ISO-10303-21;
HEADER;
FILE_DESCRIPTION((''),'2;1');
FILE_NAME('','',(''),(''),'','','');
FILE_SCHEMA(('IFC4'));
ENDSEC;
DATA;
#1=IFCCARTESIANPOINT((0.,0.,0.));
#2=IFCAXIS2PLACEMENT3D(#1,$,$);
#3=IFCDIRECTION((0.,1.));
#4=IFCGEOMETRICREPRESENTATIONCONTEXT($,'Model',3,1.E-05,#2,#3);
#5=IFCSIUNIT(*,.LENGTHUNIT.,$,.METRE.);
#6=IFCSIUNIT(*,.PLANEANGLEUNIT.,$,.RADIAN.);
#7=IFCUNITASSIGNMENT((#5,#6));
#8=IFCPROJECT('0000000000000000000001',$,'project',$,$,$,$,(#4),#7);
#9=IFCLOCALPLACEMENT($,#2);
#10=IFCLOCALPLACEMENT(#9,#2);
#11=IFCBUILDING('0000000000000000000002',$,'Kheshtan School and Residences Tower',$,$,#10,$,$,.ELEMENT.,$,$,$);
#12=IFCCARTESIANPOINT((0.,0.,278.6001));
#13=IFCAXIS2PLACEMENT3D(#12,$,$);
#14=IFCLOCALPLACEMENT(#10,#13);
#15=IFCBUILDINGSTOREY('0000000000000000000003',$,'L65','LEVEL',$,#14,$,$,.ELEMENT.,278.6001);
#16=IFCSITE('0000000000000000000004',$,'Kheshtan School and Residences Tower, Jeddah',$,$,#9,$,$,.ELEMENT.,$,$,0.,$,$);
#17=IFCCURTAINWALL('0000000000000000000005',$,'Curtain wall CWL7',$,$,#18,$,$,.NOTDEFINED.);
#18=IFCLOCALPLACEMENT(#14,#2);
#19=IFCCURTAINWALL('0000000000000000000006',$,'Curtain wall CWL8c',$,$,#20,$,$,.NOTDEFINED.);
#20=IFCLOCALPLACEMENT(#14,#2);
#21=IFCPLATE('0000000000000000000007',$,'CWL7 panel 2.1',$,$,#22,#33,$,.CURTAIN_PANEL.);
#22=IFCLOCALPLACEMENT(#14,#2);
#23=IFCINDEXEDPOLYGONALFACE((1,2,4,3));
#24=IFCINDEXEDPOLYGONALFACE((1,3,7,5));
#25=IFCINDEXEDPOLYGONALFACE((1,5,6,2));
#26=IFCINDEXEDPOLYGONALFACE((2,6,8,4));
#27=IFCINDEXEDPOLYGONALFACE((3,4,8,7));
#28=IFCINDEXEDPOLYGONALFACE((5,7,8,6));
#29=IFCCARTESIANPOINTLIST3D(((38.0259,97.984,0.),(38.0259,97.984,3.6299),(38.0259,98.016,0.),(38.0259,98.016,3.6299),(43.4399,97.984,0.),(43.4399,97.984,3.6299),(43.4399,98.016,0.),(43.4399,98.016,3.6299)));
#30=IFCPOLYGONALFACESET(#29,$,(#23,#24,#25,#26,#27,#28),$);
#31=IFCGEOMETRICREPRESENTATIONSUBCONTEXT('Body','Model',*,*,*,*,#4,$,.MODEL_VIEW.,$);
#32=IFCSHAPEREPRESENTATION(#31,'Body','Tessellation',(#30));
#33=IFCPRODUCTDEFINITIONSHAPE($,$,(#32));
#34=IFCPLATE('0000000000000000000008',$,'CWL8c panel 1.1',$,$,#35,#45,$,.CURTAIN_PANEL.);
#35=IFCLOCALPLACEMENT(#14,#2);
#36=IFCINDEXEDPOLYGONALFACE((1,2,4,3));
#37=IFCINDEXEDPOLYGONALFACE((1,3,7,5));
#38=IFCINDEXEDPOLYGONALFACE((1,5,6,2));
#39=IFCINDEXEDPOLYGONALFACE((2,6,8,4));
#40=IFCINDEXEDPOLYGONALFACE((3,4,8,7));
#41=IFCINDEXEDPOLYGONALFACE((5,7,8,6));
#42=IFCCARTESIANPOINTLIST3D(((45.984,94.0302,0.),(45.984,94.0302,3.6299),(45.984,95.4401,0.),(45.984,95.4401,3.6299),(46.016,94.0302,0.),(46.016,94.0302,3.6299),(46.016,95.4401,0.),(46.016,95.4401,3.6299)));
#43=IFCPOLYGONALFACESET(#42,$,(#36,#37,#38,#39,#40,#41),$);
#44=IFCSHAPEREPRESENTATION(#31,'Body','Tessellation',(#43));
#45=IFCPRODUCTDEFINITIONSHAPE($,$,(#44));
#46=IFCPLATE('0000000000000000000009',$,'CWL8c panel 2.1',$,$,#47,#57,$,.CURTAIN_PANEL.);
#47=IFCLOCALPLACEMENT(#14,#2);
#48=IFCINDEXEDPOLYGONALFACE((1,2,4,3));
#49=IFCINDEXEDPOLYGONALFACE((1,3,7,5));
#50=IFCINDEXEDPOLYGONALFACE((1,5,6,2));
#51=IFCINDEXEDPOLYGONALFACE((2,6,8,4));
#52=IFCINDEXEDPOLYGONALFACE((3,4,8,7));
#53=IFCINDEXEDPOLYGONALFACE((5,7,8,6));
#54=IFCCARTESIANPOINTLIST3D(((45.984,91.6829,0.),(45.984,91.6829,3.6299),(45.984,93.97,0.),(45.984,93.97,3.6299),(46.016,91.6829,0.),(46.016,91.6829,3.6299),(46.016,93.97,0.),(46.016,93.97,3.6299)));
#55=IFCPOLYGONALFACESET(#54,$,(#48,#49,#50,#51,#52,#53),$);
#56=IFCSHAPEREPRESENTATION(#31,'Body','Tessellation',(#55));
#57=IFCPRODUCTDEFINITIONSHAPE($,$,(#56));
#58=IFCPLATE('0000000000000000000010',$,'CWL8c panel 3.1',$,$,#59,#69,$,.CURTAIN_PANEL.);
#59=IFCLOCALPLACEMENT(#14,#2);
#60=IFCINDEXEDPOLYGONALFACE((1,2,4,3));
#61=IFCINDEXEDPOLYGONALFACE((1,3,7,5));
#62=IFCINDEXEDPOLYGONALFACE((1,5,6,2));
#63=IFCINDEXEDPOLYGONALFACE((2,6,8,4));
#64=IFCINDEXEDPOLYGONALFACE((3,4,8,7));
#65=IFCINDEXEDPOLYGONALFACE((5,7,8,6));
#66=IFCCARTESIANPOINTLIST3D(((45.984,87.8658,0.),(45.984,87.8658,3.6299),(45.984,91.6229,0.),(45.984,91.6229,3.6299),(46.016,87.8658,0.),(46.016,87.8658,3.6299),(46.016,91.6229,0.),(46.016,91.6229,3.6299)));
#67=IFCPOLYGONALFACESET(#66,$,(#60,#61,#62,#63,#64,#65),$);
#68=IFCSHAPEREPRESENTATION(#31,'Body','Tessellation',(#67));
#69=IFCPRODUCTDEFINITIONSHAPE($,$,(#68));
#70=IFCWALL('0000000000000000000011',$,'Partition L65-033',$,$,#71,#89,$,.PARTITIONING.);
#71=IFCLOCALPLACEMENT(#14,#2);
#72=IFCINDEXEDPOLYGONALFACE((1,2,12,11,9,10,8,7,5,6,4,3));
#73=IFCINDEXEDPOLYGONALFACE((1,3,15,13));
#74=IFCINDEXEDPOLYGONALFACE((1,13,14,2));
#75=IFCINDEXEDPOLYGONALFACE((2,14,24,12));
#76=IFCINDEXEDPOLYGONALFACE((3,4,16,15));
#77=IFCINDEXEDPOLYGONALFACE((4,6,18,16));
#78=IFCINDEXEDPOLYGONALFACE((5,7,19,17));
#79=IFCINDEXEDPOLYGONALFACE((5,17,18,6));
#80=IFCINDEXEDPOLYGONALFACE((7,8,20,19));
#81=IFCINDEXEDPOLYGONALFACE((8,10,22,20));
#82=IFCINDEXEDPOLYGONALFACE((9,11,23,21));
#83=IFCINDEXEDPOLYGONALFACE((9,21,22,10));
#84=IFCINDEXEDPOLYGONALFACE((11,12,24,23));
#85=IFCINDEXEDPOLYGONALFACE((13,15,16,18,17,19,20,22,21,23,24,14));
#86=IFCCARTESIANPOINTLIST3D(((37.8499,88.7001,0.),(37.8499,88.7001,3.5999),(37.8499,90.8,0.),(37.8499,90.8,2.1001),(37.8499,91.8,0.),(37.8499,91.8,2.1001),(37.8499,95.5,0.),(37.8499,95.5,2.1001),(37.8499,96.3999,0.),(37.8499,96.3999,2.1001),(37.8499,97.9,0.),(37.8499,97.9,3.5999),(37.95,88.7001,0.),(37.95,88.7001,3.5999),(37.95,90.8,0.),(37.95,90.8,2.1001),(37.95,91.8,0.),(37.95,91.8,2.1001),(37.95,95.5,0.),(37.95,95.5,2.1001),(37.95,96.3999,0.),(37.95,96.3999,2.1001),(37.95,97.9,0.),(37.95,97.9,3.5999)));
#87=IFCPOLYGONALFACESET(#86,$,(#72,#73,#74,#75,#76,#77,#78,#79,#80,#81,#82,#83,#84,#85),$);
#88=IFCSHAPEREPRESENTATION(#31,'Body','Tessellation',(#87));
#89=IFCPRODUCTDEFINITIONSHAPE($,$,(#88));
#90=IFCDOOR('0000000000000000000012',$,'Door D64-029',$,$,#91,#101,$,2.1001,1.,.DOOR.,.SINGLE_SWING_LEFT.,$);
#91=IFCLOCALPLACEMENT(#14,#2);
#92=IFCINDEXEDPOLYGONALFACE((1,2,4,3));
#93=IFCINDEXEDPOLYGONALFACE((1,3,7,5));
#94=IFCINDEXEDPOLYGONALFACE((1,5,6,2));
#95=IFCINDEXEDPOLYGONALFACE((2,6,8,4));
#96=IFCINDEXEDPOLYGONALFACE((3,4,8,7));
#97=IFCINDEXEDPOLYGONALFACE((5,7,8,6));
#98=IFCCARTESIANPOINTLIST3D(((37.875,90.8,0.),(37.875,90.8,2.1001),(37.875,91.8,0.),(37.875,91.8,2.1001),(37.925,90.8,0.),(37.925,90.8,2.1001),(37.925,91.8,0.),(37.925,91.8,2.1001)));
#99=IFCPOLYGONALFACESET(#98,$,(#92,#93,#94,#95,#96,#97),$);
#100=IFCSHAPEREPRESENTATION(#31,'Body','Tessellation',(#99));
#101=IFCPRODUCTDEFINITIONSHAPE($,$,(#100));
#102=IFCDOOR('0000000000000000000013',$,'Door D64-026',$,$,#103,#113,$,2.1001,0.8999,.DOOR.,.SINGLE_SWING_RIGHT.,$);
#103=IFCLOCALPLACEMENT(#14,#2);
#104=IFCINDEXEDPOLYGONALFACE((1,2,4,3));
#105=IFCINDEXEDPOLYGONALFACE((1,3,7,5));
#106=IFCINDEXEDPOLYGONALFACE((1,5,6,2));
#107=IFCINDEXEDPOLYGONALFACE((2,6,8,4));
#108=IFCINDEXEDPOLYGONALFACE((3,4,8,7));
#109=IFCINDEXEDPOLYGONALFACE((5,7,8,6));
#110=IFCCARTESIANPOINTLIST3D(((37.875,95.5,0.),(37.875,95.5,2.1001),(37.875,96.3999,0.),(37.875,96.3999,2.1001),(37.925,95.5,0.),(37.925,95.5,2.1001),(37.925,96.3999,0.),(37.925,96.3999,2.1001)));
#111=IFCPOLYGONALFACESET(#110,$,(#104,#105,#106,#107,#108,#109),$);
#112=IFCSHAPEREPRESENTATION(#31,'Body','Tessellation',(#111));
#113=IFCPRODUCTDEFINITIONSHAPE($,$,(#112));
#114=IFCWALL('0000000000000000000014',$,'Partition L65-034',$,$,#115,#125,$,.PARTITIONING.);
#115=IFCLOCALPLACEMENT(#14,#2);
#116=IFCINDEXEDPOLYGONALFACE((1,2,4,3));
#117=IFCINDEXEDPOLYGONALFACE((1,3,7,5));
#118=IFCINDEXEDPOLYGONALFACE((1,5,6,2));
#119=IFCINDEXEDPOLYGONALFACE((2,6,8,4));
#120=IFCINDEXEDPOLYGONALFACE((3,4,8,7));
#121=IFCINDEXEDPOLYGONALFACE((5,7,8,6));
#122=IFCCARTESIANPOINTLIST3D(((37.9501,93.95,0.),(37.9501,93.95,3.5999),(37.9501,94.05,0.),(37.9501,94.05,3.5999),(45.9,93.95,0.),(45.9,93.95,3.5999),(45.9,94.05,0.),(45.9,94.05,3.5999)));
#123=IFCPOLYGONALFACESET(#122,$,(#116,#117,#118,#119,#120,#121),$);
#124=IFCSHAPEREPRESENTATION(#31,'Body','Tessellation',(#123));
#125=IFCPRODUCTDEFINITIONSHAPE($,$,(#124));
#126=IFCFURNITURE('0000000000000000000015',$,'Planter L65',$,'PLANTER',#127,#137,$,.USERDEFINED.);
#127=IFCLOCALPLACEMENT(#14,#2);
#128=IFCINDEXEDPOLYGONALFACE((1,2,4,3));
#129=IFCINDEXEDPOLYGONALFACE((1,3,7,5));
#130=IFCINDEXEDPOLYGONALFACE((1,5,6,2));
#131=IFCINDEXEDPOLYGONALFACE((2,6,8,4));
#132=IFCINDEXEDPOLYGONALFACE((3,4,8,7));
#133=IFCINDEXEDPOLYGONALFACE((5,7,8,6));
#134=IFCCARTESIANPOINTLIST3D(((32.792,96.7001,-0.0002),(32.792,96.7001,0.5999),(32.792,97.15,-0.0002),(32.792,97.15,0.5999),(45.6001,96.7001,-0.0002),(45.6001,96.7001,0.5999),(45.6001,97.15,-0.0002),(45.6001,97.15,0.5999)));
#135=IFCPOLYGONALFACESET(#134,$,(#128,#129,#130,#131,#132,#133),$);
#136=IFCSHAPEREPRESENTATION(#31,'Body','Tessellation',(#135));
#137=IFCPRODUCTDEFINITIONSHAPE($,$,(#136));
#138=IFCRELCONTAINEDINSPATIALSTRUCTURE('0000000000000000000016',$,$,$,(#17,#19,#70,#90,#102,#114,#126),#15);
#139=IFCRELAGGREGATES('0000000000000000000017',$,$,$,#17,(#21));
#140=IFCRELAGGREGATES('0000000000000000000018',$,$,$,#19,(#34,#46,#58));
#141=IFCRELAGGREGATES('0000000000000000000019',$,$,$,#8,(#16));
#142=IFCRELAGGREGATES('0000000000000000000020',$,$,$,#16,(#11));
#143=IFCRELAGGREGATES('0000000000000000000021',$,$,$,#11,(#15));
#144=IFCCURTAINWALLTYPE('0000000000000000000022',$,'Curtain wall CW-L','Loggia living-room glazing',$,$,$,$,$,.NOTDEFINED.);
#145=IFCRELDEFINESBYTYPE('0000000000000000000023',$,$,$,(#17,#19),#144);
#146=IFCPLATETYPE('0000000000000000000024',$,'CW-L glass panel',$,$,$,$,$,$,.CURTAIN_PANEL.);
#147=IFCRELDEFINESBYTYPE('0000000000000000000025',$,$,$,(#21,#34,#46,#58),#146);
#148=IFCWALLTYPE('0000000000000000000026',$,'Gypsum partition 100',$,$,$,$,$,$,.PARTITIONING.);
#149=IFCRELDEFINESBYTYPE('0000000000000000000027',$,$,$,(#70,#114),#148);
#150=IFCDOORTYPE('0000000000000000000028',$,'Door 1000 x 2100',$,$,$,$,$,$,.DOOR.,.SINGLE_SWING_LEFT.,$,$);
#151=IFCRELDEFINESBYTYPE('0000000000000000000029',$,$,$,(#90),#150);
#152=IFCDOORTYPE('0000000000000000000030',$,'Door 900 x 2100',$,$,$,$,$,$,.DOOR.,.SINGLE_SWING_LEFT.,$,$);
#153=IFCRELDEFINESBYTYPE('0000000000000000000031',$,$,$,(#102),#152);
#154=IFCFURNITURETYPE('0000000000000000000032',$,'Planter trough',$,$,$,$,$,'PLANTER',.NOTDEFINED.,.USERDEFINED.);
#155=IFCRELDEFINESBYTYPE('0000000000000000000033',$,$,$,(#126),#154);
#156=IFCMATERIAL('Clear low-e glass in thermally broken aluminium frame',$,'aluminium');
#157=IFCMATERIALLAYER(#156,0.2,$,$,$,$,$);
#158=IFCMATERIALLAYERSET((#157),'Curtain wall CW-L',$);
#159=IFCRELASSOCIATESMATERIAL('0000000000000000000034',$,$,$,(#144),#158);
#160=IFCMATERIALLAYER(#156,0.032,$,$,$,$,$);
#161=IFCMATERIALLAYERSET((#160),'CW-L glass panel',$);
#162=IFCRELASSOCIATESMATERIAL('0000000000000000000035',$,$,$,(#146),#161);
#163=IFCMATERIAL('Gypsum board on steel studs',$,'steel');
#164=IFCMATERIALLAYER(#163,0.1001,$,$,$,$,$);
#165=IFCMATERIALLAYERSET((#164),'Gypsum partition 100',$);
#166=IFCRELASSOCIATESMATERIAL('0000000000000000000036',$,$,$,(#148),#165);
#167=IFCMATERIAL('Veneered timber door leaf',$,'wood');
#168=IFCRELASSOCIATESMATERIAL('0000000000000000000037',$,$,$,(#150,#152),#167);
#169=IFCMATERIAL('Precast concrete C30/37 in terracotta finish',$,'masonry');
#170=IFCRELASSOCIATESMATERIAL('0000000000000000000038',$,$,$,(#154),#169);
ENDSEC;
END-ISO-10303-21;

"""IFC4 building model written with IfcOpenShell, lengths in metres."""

from ifc_helpers import new_model, si_unit, direction, frame, frame_2d, origin, origin_2d, place, context, subcontext, project, spatial, rectangle, extrude, source, transform, mapped, material, layer, layer_set, type_object, element, fill, aggregate, save


model = new_model("IFC4")

# Units and contexts
model_context = context("Model", 3, precision=1e-05, world=origin(), true_north=direction((0.0, 1.0)))
body_context = subcontext(model_context, "Body", "Model", "MODEL_VIEW")
ifc_project = project(units=[si_unit("LENGTHUNIT", "METRE"), si_unit("PLANEANGLEUNIT", "RADIAN")], contexts=[model_context])

# Site, building, storey
site_placement = place(None, origin())
site = spatial("IfcSite", under=ifc_project, at=site_placement, Name="Kheshtan School and Residences Tower, Jeddah", CompositionType="ELEMENT", RefElevation=0.0)
building_placement = place(site_placement, origin())
building = spatial("IfcBuilding", under=site, at=building_placement, Name="Kheshtan School and Residences Tower", CompositionType="ELEMENT")
storey_placement = place(building_placement, frame((0.0, 0.0, 278.6001)))
storey = spatial("IfcBuildingStorey", under=building, at=storey_placement, Name="L65", Description="LEVEL", CompositionType="ELEMENT", Elevation=278.6001)

# Curtain walls
ifc_material_1 = material(Name="Clear low-e glass in thermally broken aluminium frame", Category="aluminium")
ifc_layer_1 = layer(ifc_material_1, 0.2)
ifc_layer_set_1 = layer_set([ifc_layer_1], Name="Curtain wall CW-L")
curtain_wall_type = type_object("IfcCurtainWallType", Name="Curtain wall CW-L", Description="Loggia living-room glazing", PredefinedType="NOTDEFINED", material=ifc_layer_set_1)
curtain_wall_1_placement = place(storey_placement, origin())
curtain_wall_1 = element("IfcCurtainWall", 1, at=curtain_wall_1_placement, inside=storey, type_object=curtain_wall_type, Name="Curtain wall CWL7", PredefinedType="NOTDEFINED")
curtain_wall_2_placement = place(storey_placement, origin())
curtain_wall_2 = element("IfcCurtainWall", 2, at=curtain_wall_2_placement, inside=storey, type_object=curtain_wall_type, Name="Curtain wall CWL8c", PredefinedType="NOTDEFINED")

# Plates
ifc_layer_2 = layer(ifc_material_1, 0.032)
ifc_layer_set_2 = layer_set([ifc_layer_2], Name="CW-L glass panel")
plate_type = type_object("IfcPlateType", Name="CW-L glass panel", PredefinedType="CURTAIN_PANEL", material=ifc_layer_set_2)
plate_1_placement = place(storey_placement, frame((40.7329, 98.0, 0.0), z_axis=(0.0, 0.0, 1.0), x_axis=(1.0, 0.0, 0.0)))
plate_1 = element("IfcPlate", 3, at=plate_1_placement, type_object=plate_type, Name="CWL7 panel 2.1", PredefinedType="CURTAIN_PANEL", context=body_context, shape_type="SweptSolid", body=[
    extrude(rectangle(XDim=5.4141, YDim=0.032, at=origin_2d()), origin(), (0.0, 0.0, 1.0), 3.6299),
])
aggregate(curtain_wall_1, [plate_1])
plate_2_placement = place(storey_placement, frame((46.0, 94.7351, 0.0), z_axis=(0.0, 0.0, 1.0), x_axis=(0.0, -1.0, 0.0)))
plate_2 = element("IfcPlate", 4, at=plate_2_placement, type_object=plate_type, Name="CWL8c panel 1.1", PredefinedType="CURTAIN_PANEL", context=body_context, shape_type="SweptSolid", body=[
    extrude(rectangle(XDim=1.4099, YDim=0.032, at=origin_2d()), origin(), (0.0, 0.0, 1.0), 3.6299),
])
plate_3_placement = place(storey_placement, frame((46.0, 92.8264, 0.0), z_axis=(0.0, 0.0, 1.0), x_axis=(0.0, -1.0, 0.0)))
plate_3 = element("IfcPlate", 5, at=plate_3_placement, type_object=plate_type, Name="CWL8c panel 2.1", PredefinedType="CURTAIN_PANEL", context=body_context, shape_type="SweptSolid", body=[
    extrude(rectangle(XDim=2.2871, YDim=0.032, at=origin_2d()), origin(), (0.0, 0.0, 1.0), 3.6299),
])
plate_4_placement = place(storey_placement, frame((46.0, 89.7444, 0.0), z_axis=(0.0, 0.0, 1.0), x_axis=(0.0, -1.0, 0.0)))
plate_4 = element("IfcPlate", 6, at=plate_4_placement, type_object=plate_type, Name="CWL8c panel 3.1", PredefinedType="CURTAIN_PANEL", context=body_context, shape_type="SweptSolid", body=[
    extrude(rectangle(XDim=3.7571, YDim=0.032, at=origin_2d()), origin(), (0.0, 0.0, 1.0), 3.6299),
])
aggregate(curtain_wall_2, [plate_2, plate_3, plate_4])

# Wall, openings, doors
ifc_material_2 = material(Name="Gypsum board on steel studs", Category="steel")
ifc_layer_3 = layer(ifc_material_2, 0.1001)
ifc_layer_set_3 = layer_set([ifc_layer_3], Name="Gypsum partition 100")
wall_type_1 = type_object("IfcWallType", Name="Gypsum partition 100", PredefinedType="PARTITIONING", material=ifc_layer_set_3)
wall_1_placement = place(storey_placement, frame((37.8999, 88.7, 0.0), z_axis=(0.0, 0.0, 1.0), x_axis=(0.0, 1.0, 0.0)))
wall_1 = element("IfcWall", 7, at=wall_1_placement, inside=storey, type_object=wall_type_1, Name="Partition L65-033", PredefinedType="PARTITIONING", context=body_context, shape_type="SweptSolid", body=[
    extrude(rectangle(XDim=9.2, YDim=0.1001, at=frame_2d((4.6001, 0.0))), origin(), (0.0, 0.0, 1.0), 3.5999),
])
opening_1_placement = place(wall_1_placement, frame((6.8, 0.0, 0.0)))
opening_1 = element("IfcOpeningElement", 8, at=opening_1_placement, cuts=wall_1, PredefinedType="OPENING", context=body_context, shape_type="SweptSolid", body=[
    extrude(rectangle(XDim=0.8999, YDim=2.1001, at=frame_2d((0.45, 1.05))), frame((0.0, 0.0601, 0.0), z_axis=(0.0, -1.0, 0.0), x_axis=(1.0, 0.0, 0.0)), (0.0, 0.0, 1.0), 0.1201),
])
opening_2_placement = place(wall_1_placement, frame((2.1001, 0.0, 0.0)))
opening_2 = element("IfcOpeningElement", 9, at=opening_2_placement, cuts=wall_1, PredefinedType="OPENING", context=body_context, shape_type="SweptSolid", body=[
    extrude(rectangle(XDim=1.0, YDim=2.1001, at=frame_2d((0.5, 1.05))), frame((0.0, 0.0601, 0.0), z_axis=(0.0, -1.0, 0.0), x_axis=(1.0, 0.0, 0.0)), (0.0, 0.0, 1.0), 0.1201),
])
ifc_material_3 = material(Name="Veneered timber door leaf", Category="wood")
door_type_1 = type_object("IfcDoorType", Name="Door 1000 x 2100", OperationType="SINGLE_SWING_LEFT", PredefinedType="DOOR", material=ifc_material_3)
shared_shape_1 = source(origin(), body_context, "Body", "SweptSolid", [
    extrude(rectangle(XDim=1.0, YDim=2.1001, at=frame_2d((0.5, 1.05))), frame((0.0, 0.0249, 0.0), z_axis=(0.0, -1.0, 0.0), x_axis=(1.0, 0.0, 0.0)), (0.0, 0.0, 1.0), 0.05),
])
door_1_placement = place(opening_2_placement, origin())
door_1 = element("IfcDoor", 10, at=door_1_placement, inside=storey, type_object=door_type_1, Name="Door D64-029", OperationType="SINGLE_SWING_LEFT", OverallHeight=2.1001, OverallWidth=1.0, PredefinedType="DOOR", context=body_context, shape_type="MappedRepresentation", body=[
    mapped(shared_shape_1, transform((0.0, 0.0, 0.0), x_axis=(1.0, 0.0, 0.0), y_axis=(0.0, 1.0, 0.0), z_axis=(0.0, 0.0, 1.0), scale=1.0)),
])
fill(opening_2, door_1)
door_type_2 = type_object("IfcDoorType", Name="Door 900 x 2100", OperationType="SINGLE_SWING_LEFT", PredefinedType="DOOR", material=ifc_material_3)
shared_shape_2 = source(origin(), body_context, "Body", "SweptSolid", [
    extrude(rectangle(XDim=0.8999, YDim=2.1001, at=frame_2d((0.45, 1.05))), frame((0.0, 0.0249, 0.0), z_axis=(0.0, -1.0, 0.0), x_axis=(1.0, 0.0, 0.0)), (0.0, 0.0, 1.0), 0.05),
])
door_2_placement = place(opening_1_placement, origin())
door_2 = element("IfcDoor", 11, at=door_2_placement, inside=storey, type_object=door_type_2, Name="Door D64-026", OperationType="SINGLE_SWING_RIGHT", OverallHeight=2.1001, OverallWidth=0.8999, PredefinedType="DOOR", context=body_context, shape_type="MappedRepresentation", body=[
    mapped(shared_shape_2, transform((0.0, 0.0, 0.0), x_axis=(1.0, 0.0, 0.0), y_axis=(0.0, 1.0, 0.0), z_axis=(0.0, 0.0, 1.0), scale=1.0)),
])
fill(opening_1, door_2)

# Wall
wall_2_placement = place(storey_placement, frame((37.95, 94.0, 0.0), z_axis=(0.0, 0.0, 1.0), x_axis=(1.0, 0.0, 0.0)))
element("IfcWall", 12, at=wall_2_placement, inside=storey, type_object=wall_type_1, Name="Partition L65-034", PredefinedType="PARTITIONING", context=body_context, shape_type="SweptSolid", body=[
    extrude(rectangle(XDim=7.95, YDim=0.1001, at=frame_2d((3.9751, 0.0))), origin(), (0.0, 0.0, 1.0), 3.5999),
])

# Furniture
ifc_material_4 = material(Name="Precast concrete C30/37 in terracotta finish", Category="masonry")
furniture_type = type_object("IfcFurnitureType", Name="Planter trough", ElementType="PLANTER", AssemblyPlace="NOTDEFINED", PredefinedType="USERDEFINED", material=ifc_material_4)
furniture_placement = place(storey_placement, frame((39.196, 96.925, -0.0002), z_axis=(0.0, 0.0, 1.0), x_axis=(1.0, 0.0, 0.0)))
element("IfcFurniture", 13, at=furniture_placement, inside=storey, type_object=furniture_type, Name="Planter L65", ObjectType="PLANTER", PredefinedType="USERDEFINED", context=body_context, shape_type="SweptSolid", body=[
    extrude(rectangle(XDim=12.8081, YDim=0.45, at=origin_2d()), origin(), (0.0, 0.0, 1.0), 0.6001),
])

save(model, "model.ifc")
